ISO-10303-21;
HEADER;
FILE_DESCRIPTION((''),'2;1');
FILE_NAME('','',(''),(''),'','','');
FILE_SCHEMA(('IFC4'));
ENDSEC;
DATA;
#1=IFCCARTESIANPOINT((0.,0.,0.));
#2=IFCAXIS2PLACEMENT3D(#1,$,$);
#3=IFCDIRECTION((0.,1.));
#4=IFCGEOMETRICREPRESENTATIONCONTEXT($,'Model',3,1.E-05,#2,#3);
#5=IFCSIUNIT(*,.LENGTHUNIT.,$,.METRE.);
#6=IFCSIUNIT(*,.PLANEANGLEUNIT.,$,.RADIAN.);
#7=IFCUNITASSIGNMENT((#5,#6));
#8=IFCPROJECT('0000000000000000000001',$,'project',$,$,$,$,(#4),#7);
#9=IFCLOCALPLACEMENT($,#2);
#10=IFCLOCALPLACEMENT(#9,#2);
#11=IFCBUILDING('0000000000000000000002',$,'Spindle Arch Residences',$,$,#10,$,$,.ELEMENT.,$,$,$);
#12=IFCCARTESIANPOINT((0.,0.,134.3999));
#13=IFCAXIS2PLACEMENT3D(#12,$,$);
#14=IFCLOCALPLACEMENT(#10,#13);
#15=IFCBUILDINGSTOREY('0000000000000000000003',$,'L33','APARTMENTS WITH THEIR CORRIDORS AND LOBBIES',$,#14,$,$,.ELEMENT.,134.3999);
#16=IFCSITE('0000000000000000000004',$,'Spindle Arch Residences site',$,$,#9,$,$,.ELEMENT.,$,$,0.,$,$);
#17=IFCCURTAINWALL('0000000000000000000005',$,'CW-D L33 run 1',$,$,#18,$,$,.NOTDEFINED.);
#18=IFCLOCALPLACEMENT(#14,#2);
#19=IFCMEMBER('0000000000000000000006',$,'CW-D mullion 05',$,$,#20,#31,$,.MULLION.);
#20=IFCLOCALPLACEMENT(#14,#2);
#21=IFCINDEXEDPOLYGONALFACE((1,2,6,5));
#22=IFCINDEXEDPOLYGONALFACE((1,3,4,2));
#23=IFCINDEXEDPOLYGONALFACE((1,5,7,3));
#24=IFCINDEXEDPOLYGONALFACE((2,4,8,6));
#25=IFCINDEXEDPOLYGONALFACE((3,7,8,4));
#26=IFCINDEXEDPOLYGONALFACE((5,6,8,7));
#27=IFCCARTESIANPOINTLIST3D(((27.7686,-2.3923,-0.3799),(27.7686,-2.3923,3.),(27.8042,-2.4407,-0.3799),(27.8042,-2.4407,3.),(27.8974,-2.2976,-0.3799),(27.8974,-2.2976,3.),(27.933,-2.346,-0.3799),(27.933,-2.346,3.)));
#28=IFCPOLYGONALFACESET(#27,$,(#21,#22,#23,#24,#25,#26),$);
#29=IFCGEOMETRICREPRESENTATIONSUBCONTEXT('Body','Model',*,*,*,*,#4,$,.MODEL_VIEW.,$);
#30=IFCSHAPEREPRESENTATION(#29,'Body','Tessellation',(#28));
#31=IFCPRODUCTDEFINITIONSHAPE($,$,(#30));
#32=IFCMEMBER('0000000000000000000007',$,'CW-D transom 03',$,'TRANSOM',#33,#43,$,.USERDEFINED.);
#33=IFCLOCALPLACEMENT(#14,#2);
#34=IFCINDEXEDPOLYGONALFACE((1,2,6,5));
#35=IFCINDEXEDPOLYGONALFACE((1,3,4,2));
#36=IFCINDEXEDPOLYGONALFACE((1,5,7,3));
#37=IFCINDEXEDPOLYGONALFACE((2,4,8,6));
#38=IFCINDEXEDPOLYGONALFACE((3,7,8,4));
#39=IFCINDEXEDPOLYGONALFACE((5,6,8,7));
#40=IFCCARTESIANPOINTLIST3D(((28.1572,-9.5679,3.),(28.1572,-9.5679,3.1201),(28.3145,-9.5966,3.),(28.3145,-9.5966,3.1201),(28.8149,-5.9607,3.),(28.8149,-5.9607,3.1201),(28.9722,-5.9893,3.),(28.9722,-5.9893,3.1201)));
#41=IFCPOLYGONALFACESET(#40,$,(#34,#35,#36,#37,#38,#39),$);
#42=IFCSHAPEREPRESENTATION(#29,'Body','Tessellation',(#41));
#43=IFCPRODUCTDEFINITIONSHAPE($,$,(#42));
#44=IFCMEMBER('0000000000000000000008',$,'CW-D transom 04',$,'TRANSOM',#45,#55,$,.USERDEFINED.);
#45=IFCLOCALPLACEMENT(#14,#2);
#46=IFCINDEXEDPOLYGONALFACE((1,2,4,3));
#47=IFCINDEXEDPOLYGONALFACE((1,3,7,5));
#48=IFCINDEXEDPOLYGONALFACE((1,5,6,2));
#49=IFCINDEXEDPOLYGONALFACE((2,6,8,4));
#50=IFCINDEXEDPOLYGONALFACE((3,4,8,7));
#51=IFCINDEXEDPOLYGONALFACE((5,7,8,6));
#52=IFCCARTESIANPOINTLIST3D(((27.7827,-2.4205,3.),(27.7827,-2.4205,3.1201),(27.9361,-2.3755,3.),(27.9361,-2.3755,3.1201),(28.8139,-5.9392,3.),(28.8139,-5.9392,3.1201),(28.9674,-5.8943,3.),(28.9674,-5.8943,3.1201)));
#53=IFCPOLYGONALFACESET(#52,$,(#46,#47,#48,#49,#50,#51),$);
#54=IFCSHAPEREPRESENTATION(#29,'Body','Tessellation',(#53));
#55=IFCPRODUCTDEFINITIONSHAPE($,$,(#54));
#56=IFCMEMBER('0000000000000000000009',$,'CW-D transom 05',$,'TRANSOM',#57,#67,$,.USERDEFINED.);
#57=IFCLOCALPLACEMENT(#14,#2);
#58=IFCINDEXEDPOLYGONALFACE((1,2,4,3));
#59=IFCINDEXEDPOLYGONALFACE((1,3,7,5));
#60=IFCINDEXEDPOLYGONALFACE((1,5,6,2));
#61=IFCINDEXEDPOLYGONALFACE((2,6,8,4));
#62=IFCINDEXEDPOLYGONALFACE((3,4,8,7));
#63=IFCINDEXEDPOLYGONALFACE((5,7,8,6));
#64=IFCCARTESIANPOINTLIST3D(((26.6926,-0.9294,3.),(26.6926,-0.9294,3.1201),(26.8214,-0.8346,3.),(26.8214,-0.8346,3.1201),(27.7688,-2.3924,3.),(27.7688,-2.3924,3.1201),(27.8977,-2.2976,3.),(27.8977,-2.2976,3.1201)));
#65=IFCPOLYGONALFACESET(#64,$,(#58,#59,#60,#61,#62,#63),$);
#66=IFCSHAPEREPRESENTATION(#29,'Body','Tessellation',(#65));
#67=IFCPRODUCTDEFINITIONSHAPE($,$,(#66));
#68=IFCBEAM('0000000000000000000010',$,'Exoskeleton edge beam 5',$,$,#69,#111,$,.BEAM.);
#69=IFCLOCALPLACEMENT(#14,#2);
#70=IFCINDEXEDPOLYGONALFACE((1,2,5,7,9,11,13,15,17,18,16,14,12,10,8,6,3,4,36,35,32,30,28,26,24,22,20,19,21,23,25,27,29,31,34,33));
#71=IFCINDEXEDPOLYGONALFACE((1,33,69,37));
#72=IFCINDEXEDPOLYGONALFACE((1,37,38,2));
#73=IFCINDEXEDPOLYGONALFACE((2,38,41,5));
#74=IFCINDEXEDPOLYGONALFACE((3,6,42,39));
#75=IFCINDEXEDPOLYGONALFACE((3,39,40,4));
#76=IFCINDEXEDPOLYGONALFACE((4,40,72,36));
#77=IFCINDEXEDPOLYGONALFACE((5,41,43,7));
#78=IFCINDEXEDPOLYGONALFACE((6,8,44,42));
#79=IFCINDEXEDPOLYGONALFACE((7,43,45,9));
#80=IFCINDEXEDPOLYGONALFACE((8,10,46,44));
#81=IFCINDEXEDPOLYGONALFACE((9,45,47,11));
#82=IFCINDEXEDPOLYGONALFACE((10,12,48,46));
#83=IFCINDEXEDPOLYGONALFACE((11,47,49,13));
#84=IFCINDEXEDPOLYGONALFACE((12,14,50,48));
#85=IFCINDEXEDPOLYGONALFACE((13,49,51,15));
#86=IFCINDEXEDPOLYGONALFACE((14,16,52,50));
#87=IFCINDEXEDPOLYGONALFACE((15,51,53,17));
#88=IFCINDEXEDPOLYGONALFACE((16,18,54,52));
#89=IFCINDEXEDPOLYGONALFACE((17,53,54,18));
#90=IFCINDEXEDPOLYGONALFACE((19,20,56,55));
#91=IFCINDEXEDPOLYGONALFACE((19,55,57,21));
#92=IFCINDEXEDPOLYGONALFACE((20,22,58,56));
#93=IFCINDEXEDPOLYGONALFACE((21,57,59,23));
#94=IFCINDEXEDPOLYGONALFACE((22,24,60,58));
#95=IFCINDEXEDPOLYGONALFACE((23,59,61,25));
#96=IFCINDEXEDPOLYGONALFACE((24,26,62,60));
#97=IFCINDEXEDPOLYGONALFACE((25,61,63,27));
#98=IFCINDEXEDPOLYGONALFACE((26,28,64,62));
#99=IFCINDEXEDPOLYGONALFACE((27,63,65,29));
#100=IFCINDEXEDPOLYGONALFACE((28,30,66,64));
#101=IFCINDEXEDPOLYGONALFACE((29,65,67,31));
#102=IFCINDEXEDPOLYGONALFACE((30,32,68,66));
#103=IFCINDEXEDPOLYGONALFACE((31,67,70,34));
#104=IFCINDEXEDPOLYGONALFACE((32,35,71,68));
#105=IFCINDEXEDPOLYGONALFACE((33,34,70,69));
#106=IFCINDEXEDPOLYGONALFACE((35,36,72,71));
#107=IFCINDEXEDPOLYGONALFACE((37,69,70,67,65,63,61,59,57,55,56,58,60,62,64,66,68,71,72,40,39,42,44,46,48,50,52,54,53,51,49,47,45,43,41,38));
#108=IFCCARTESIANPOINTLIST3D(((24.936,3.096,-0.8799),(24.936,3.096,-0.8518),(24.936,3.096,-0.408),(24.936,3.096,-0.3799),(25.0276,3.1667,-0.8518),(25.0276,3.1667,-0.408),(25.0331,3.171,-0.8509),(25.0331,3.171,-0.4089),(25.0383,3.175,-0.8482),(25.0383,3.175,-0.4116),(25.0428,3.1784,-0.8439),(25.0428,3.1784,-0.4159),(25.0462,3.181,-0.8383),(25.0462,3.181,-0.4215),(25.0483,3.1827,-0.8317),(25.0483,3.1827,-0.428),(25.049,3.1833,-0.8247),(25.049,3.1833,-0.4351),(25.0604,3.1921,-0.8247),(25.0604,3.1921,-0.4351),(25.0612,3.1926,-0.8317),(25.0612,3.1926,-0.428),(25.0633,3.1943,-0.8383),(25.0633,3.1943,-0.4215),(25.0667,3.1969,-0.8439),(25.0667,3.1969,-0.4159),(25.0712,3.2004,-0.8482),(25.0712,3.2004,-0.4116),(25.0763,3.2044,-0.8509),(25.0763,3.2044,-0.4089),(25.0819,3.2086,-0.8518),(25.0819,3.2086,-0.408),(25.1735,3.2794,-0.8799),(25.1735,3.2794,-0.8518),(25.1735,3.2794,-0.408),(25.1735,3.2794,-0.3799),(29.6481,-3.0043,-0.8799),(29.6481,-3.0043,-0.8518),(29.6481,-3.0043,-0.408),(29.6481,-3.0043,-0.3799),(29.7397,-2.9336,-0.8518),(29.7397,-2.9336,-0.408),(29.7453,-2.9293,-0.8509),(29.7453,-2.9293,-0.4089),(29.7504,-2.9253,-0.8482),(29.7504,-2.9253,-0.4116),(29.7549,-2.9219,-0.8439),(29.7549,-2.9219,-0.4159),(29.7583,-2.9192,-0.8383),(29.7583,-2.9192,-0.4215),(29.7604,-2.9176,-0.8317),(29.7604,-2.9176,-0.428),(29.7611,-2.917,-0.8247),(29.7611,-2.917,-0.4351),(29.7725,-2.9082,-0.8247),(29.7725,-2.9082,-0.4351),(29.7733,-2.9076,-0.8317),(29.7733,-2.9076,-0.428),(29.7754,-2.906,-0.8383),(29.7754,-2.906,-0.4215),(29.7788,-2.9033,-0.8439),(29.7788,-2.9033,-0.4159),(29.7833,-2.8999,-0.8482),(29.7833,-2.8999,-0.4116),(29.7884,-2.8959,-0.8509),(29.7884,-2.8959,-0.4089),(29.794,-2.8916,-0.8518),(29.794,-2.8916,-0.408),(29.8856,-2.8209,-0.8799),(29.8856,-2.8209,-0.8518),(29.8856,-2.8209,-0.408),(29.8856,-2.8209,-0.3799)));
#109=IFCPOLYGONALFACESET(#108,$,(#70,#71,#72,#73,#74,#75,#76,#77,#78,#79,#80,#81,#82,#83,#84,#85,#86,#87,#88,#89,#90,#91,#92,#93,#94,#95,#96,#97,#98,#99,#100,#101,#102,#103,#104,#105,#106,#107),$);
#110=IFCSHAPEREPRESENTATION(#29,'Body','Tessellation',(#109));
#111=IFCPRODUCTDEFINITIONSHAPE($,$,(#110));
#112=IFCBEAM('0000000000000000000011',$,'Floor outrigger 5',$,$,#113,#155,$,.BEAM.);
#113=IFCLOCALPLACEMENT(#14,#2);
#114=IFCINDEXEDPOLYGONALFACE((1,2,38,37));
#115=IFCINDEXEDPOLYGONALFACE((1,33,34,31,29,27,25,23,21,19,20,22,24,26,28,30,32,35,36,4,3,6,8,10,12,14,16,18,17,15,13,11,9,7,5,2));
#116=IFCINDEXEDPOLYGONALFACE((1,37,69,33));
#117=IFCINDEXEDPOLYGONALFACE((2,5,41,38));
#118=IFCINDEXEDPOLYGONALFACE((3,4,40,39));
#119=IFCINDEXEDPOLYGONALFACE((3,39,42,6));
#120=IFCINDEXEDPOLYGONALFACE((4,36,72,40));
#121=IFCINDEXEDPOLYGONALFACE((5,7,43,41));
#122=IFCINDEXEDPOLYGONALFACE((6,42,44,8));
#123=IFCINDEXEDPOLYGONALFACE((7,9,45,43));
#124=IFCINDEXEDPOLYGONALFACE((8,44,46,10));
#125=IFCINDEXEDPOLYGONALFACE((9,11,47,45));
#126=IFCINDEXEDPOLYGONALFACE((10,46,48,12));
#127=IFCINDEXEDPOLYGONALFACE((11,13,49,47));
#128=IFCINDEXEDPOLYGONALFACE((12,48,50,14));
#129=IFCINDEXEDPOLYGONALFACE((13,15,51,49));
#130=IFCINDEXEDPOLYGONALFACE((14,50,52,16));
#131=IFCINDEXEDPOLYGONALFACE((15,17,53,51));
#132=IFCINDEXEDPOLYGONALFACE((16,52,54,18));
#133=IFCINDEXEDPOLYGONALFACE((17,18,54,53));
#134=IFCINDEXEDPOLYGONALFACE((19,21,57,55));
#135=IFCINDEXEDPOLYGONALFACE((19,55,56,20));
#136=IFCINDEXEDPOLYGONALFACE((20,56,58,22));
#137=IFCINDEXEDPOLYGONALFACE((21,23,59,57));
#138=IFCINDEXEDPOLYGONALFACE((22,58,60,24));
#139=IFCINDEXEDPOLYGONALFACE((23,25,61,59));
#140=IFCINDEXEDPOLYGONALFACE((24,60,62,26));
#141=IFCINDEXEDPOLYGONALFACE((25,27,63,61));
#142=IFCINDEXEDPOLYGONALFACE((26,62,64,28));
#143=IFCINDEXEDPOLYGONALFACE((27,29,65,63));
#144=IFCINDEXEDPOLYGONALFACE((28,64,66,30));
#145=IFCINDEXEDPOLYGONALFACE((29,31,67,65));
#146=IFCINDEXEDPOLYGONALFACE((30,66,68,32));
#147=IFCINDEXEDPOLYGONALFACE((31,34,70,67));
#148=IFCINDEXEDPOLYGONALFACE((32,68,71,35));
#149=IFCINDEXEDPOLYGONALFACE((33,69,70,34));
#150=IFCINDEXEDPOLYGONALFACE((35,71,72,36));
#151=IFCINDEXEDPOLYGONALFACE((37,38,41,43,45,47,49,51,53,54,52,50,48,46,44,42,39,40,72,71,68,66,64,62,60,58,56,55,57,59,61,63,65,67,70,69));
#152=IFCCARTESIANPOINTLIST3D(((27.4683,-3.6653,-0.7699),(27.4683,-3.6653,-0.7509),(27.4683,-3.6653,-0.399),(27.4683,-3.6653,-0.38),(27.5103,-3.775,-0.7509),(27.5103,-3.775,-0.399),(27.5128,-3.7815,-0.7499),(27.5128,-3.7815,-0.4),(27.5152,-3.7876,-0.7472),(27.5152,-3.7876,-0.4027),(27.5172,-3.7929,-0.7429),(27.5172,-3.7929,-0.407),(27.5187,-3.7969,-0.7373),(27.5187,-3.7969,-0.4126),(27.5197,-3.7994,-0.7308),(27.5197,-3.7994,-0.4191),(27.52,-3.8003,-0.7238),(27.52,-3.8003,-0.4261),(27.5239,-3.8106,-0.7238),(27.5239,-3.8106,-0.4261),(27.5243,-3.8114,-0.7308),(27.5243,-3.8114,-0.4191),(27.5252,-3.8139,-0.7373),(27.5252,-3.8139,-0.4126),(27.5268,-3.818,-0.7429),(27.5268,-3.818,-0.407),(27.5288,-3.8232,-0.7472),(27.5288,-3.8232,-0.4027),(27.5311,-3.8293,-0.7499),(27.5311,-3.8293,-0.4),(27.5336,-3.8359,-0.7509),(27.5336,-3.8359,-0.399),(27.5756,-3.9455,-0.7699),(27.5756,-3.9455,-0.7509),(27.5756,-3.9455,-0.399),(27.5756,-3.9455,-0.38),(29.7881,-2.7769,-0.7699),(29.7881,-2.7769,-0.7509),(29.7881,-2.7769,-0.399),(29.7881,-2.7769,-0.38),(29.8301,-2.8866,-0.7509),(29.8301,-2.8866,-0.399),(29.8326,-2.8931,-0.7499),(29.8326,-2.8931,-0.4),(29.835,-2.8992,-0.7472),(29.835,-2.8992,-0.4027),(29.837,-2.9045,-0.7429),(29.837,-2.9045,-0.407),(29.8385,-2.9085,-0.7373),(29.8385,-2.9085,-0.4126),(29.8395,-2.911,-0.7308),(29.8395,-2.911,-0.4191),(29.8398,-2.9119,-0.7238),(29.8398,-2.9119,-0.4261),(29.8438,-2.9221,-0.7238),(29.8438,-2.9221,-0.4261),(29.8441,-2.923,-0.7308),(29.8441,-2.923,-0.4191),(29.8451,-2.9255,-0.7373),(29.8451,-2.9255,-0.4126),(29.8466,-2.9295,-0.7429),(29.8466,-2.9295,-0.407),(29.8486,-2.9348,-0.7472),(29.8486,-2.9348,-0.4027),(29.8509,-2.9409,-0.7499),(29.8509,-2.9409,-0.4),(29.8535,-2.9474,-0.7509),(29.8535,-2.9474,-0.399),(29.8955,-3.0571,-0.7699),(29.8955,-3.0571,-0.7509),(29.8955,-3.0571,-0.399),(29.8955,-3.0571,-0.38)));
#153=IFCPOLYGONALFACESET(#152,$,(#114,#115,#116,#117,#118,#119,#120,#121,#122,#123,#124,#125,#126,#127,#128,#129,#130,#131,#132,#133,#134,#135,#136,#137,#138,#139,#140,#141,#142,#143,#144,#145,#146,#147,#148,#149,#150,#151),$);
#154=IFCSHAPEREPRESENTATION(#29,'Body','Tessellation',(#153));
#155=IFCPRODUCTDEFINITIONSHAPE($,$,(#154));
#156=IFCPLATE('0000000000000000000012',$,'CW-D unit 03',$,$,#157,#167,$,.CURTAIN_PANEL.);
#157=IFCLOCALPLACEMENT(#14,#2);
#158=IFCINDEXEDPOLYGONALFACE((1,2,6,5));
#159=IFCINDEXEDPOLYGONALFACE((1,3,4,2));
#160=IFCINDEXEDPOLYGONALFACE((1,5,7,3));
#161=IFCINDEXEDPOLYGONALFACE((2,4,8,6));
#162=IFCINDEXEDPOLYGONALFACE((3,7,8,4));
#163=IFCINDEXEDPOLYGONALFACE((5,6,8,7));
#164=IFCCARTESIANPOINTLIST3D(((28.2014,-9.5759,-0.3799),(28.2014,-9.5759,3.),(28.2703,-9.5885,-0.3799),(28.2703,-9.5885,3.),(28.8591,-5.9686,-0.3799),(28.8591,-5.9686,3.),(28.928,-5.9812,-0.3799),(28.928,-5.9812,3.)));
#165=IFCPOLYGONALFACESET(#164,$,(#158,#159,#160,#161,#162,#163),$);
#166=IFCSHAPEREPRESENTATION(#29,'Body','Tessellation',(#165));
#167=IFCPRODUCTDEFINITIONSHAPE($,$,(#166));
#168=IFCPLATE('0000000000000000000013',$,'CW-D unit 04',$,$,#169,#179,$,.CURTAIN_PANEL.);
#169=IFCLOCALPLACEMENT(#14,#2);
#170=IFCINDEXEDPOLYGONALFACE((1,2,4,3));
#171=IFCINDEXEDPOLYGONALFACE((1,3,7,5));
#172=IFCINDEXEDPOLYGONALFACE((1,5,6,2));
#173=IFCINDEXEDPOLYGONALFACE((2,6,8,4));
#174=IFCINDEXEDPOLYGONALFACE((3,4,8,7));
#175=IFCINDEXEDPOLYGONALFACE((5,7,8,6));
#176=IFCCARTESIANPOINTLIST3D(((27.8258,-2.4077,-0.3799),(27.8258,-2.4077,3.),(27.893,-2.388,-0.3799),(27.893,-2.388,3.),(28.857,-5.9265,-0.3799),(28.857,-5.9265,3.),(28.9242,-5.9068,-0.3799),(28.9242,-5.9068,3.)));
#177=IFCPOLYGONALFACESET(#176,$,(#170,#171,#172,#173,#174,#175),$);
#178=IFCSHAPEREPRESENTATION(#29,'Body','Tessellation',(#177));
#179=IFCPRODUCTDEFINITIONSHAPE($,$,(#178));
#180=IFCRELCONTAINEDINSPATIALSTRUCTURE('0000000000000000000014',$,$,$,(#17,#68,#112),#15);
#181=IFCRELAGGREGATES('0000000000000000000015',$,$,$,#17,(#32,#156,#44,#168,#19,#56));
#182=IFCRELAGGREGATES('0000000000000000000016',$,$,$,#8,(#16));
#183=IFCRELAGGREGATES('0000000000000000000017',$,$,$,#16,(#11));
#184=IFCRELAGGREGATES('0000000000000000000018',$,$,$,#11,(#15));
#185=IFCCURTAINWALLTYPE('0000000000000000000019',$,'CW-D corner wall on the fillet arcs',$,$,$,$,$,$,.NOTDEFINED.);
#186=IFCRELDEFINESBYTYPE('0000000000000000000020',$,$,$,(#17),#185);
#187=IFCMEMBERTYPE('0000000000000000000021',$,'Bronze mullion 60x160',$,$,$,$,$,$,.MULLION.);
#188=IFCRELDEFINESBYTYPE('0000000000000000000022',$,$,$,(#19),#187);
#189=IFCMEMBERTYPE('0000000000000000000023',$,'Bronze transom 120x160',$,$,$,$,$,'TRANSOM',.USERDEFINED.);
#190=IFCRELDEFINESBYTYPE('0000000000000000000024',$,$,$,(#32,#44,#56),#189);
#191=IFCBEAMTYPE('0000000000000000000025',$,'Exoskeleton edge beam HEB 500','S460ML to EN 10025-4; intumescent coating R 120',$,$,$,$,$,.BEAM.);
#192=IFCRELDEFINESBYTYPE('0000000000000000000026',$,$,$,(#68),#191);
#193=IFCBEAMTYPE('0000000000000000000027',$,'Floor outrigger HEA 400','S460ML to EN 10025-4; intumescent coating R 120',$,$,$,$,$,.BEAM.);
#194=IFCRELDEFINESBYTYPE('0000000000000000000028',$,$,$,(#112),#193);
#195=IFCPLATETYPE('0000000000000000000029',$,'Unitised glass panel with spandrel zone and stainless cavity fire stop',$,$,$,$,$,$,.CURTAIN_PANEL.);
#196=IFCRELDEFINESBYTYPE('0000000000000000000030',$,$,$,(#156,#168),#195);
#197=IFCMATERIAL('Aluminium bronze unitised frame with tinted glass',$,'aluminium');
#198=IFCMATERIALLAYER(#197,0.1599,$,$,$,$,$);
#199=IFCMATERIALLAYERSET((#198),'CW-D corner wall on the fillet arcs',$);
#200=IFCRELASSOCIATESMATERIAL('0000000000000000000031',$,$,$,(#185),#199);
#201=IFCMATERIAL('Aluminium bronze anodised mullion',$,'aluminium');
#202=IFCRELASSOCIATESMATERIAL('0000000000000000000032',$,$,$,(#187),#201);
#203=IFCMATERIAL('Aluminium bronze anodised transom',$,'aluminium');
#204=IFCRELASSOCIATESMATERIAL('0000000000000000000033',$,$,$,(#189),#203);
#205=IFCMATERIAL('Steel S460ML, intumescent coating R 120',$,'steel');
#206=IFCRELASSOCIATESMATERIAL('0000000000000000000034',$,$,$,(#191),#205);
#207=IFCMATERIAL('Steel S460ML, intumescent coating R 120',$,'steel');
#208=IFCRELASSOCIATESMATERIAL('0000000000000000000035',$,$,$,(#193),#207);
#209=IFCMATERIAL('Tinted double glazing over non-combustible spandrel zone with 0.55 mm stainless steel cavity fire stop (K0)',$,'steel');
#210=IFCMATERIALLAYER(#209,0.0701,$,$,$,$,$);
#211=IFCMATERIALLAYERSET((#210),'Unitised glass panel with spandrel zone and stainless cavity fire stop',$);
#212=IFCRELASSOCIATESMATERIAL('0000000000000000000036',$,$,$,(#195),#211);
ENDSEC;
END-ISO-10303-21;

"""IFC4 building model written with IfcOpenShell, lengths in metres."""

from ifc_helpers import new_model, si_unit, direction, frame, origin, origin_2d, place, context, subcontext, project, spatial, rectangle, i_section, extrude, material, layer, layer_set, material_profile, profile_set, type_object, element, aggregate, save


model = new_model("IFC4")

# Units and contexts
model_context = context("Model", 3, precision=1e-05, world=origin(), true_north=direction((0.0, 1.0)))
body_context = subcontext(model_context, "Body", "Model", "MODEL_VIEW")
ifc_project = project(units=[si_unit("LENGTHUNIT", "METRE"), si_unit("PLANEANGLEUNIT", "RADIAN")], contexts=[model_context])

# Site, building, storey
site_placement = place(None, origin())
site = spatial("IfcSite", under=ifc_project, at=site_placement, Name="Spindle Arch Residences site", CompositionType="ELEMENT", RefElevation=0.0)
building_placement = place(site_placement, origin())
building = spatial("IfcBuilding", under=site, at=building_placement, Name="Spindle Arch Residences", CompositionType="ELEMENT")
storey_placement = place(building_placement, frame((0.0, 0.0, 134.3999)))
storey = spatial("IfcBuildingStorey", under=building, at=storey_placement, Name="L33", Description="APARTMENTS WITH THEIR CORRIDORS AND LOBBIES", CompositionType="ELEMENT", Elevation=134.3999)

# Curtain wall, members
ifc_material_1 = material(Name="Aluminium bronze unitised frame with tinted glass", Category="aluminium")
ifc_layer_1 = layer(ifc_material_1, 0.1599)
ifc_layer_set_1 = layer_set([ifc_layer_1], Name="CW-D corner wall on the fillet arcs")
curtain_wall_type = type_object("IfcCurtainWallType", Name="CW-D corner wall on the fillet arcs", PredefinedType="NOTDEFINED", material=ifc_layer_set_1)
curtain_wall_placement = place(storey_placement, origin())
curtain_wall = element("IfcCurtainWall", 1, at=curtain_wall_placement, inside=storey, type_object=curtain_wall_type, Name="CW-D L33 run 1", PredefinedType="NOTDEFINED")
ifc_material_2 = material(Name="Aluminium bronze anodised mullion", Category="aluminium")
ifc_material_profile_1 = material_profile(ifc_material_2, rectangle(XDim=0.1599, YDim=0.0601, at=origin_2d()), Name="MU 60x160")
ifc_profile_set_1 = profile_set([ifc_material_profile_1], Name="Aluminium bronze anodised mullion")
member_type_1 = type_object("IfcMemberType", Name="Bronze mullion 60x160", PredefinedType="MULLION", material=ifc_profile_set_1)
member_1_placement = place(storey_placement, frame((27.8508, -2.3691, -0.3799), z_axis=(0.0, 0.0, 1.0), x_axis=(-0.805584, -0.592482, 0.0)))
member_1 = element("IfcMember", 2, at=member_1_placement, type_object=member_type_1, Name="CW-D mullion 05", PredefinedType="MULLION", context=body_context, shape_type="SweptSolid", body=[
    extrude(rectangle(XDim=0.1599, YDim=0.0601, at=origin_2d()), origin(), (0.0, 0.0, 1.0), 3.3799),
])
ifc_material_3 = material(Name="Aluminium bronze anodised transom", Category="aluminium")
ifc_material_profile_2 = material_profile(ifc_material_3, rectangle(XDim=0.1599, YDim=0.1201, at=origin_2d()), Name="TR 120x160")
ifc_profile_set_2 = profile_set([ifc_material_profile_2], Name="Aluminium bronze anodised transom")
member_type_2 = type_object("IfcMemberType", Name="Bronze transom 120x160", ElementType="TRANSOM", PredefinedType="USERDEFINED", material=ifc_profile_set_2)
member_2_placement = place(storey_placement, frame((28.2358, -9.5823, 3.0601), z_axis=(0.179378, 0.98378, 0.0), x_axis=(-0.98378, 0.179378, 0.0)))
member_2 = element("IfcMember", 3, at=member_2_placement, type_object=member_type_2, Name="CW-D transom 03", ObjectType="TRANSOM", PredefinedType="USERDEFINED", context=body_context, shape_type="SweptSolid", body=[
    extrude(rectangle(XDim=0.1599, YDim=0.1201, at=origin_2d()), origin(), (0.0, 0.0, 1.0), 3.6667),
])
member_3_placement = place(storey_placement, frame((28.8906, -5.9167, 3.0601), z_axis=(-0.28124, 0.959638, 0.0), x_axis=(-0.959638, -0.28124, 0.0)))
member_3 = element("IfcMember", 4, at=member_3_placement, type_object=member_type_2, Name="CW-D transom 04", ObjectType="TRANSOM", PredefinedType="USERDEFINED", context=body_context, shape_type="SweptSolid", body=[
    extrude(rectangle(XDim=0.1599, YDim=0.1201, at=origin_2d()), origin(), (0.0, 0.0, 1.0), 3.6667),
])
member_4_placement = place(storey_placement, frame((27.8333, -2.345, 3.0601), z_axis=(-0.592575, 0.805515, 0.0), x_axis=(-0.805515, -0.592575, 0.0)))
member_4 = element("IfcMember", 5, at=member_4_placement, type_object=member_type_2, Name="CW-D transom 05", ObjectType="TRANSOM", PredefinedType="USERDEFINED", context=body_context, shape_type="SweptSolid", body=[
    extrude(rectangle(XDim=0.1599, YDim=0.1201, at=origin_2d()), origin(), (0.0, 0.0, 1.0), 1.8162),
])

# Beams
ifc_material_4 = material(Name="Steel S460ML, intumescent coating R 120", Category="steel")
ifc_material_profile_3 = material_profile(ifc_material_4, i_section(OverallWidth=0.3, OverallDepth=0.5, WebThickness=0.0144, FlangeThickness=0.0281, FilletRadius=0.0271, at=origin_2d()), Name="HEB 500")
ifc_profile_set_3 = profile_set([ifc_material_profile_3], Name="Steel S460ML, intumescent coating R 120")
beam_type_1 = type_object("IfcBeamType", Name="Exoskeleton edge beam HEB 500", Description="S460ML to EN 10025-4; intumescent coating R 120", PredefinedType="BEAM", material=ifc_profile_set_3)
beam_1_placement = place(storey_placement, frame((29.7668, -2.9126, -0.6299), z_axis=(-0.611306, 0.791394, 0.0), x_axis=(-0.791394, -0.611306, 0.0)))
element("IfcBeam", 6, at=beam_1_placement, inside=storey, type_object=beam_type_1, Name="Exoskeleton edge beam 5", PredefinedType="BEAM", context=body_context, shape_type="SweptSolid", body=[
    extrude(i_section(OverallWidth=0.3, OverallDepth=0.5, WebThickness=0.0144, FlangeThickness=0.0281, FilletRadius=0.0271, at=origin_2d()), origin(), (0.0, 0.0, 1.0), 7.7083),
])
ifc_material_5 = material(Name="Steel S460ML, intumescent coating R 120", Category="steel")
ifc_material_profile_4 = material_profile(ifc_material_5, i_section(OverallWidth=0.3, OverallDepth=0.3899, WebThickness=0.011, FlangeThickness=0.019, FilletRadius=0.0271, at=origin_2d()), Name="HEA 400")
ifc_profile_set_4 = profile_set([ifc_material_profile_4], Name="Steel S460ML, intumescent coating R 120")
beam_type_2 = type_object("IfcBeamType", Name="Floor outrigger HEA 400", Description="S460ML to EN 10025-4; intumescent coating R 120", PredefinedType="BEAM", material=ifc_profile_set_4)
beam_2_placement = place(storey_placement, frame((29.8418, -2.917, -0.575), z_axis=(-0.933859, -0.357642, 0.0), x_axis=(0.357642, -0.933859, 0.0)))
element("IfcBeam", 7, at=beam_2_placement, inside=storey, type_object=beam_type_2, Name="Floor outrigger 5", PredefinedType="BEAM", context=body_context, shape_type="SweptSolid", body=[
    extrude(i_section(OverallWidth=0.3, OverallDepth=0.3899, WebThickness=0.011, FlangeThickness=0.019, FilletRadius=0.0271, at=origin_2d()), origin(), (0.0, 0.0, 1.0), 2.4841),
])

# Plates
ifc_material_6 = material(Name="Tinted double glazing over non-combustible spandrel zone with 0.55 mm stainless steel cavity fire stop (K0)", Category="steel")
ifc_layer_2 = layer(ifc_material_6, 0.0701)
ifc_layer_set_2 = layer_set([ifc_layer_2], Name="Unitised glass panel with spandrel zone and stainless cavity fire stop")
plate_type = type_object("IfcPlateType", Name="Unitised glass panel with spandrel zone and stainless cavity fire stop", PredefinedType="CURTAIN_PANEL", material=ifc_layer_set_2)
plate_1_placement = place(storey_placement, frame((28.5647, -7.7786, -0.3799), z_axis=(0.0, 0.0, 1.0), x_axis=(0.179375, 0.983781, 0.0)))
plate_1 = element("IfcPlate", 8, at=plate_1_placement, type_object=plate_type, Name="CW-D unit 03", PredefinedType="CURTAIN_PANEL", context=body_context, shape_type="SweptSolid", body=[
    extrude(rectangle(XDim=3.6667, YDim=0.0701, at=origin_2d()), origin(), (0.0, 0.0, 1.0), 3.3799),
])
plate_2_placement = place(storey_placement, frame((28.375, -4.1572, -0.3799), z_axis=(0.0, 0.0, 1.0), x_axis=(-0.281225, 0.959642, 0.0)))
plate_2 = element("IfcPlate", 9, at=plate_2_placement, type_object=plate_type, Name="CW-D unit 04", PredefinedType="CURTAIN_PANEL", context=body_context, shape_type="SweptSolid", body=[
    extrude(rectangle(XDim=3.6667, YDim=0.0701, at=origin_2d()), origin(), (0.0, 0.0, 1.0), 3.3799),
])
aggregate(curtain_wall, [member_2, plate_1, member_3, plate_2, member_1, member_4])

save(model, "model.ifc")
